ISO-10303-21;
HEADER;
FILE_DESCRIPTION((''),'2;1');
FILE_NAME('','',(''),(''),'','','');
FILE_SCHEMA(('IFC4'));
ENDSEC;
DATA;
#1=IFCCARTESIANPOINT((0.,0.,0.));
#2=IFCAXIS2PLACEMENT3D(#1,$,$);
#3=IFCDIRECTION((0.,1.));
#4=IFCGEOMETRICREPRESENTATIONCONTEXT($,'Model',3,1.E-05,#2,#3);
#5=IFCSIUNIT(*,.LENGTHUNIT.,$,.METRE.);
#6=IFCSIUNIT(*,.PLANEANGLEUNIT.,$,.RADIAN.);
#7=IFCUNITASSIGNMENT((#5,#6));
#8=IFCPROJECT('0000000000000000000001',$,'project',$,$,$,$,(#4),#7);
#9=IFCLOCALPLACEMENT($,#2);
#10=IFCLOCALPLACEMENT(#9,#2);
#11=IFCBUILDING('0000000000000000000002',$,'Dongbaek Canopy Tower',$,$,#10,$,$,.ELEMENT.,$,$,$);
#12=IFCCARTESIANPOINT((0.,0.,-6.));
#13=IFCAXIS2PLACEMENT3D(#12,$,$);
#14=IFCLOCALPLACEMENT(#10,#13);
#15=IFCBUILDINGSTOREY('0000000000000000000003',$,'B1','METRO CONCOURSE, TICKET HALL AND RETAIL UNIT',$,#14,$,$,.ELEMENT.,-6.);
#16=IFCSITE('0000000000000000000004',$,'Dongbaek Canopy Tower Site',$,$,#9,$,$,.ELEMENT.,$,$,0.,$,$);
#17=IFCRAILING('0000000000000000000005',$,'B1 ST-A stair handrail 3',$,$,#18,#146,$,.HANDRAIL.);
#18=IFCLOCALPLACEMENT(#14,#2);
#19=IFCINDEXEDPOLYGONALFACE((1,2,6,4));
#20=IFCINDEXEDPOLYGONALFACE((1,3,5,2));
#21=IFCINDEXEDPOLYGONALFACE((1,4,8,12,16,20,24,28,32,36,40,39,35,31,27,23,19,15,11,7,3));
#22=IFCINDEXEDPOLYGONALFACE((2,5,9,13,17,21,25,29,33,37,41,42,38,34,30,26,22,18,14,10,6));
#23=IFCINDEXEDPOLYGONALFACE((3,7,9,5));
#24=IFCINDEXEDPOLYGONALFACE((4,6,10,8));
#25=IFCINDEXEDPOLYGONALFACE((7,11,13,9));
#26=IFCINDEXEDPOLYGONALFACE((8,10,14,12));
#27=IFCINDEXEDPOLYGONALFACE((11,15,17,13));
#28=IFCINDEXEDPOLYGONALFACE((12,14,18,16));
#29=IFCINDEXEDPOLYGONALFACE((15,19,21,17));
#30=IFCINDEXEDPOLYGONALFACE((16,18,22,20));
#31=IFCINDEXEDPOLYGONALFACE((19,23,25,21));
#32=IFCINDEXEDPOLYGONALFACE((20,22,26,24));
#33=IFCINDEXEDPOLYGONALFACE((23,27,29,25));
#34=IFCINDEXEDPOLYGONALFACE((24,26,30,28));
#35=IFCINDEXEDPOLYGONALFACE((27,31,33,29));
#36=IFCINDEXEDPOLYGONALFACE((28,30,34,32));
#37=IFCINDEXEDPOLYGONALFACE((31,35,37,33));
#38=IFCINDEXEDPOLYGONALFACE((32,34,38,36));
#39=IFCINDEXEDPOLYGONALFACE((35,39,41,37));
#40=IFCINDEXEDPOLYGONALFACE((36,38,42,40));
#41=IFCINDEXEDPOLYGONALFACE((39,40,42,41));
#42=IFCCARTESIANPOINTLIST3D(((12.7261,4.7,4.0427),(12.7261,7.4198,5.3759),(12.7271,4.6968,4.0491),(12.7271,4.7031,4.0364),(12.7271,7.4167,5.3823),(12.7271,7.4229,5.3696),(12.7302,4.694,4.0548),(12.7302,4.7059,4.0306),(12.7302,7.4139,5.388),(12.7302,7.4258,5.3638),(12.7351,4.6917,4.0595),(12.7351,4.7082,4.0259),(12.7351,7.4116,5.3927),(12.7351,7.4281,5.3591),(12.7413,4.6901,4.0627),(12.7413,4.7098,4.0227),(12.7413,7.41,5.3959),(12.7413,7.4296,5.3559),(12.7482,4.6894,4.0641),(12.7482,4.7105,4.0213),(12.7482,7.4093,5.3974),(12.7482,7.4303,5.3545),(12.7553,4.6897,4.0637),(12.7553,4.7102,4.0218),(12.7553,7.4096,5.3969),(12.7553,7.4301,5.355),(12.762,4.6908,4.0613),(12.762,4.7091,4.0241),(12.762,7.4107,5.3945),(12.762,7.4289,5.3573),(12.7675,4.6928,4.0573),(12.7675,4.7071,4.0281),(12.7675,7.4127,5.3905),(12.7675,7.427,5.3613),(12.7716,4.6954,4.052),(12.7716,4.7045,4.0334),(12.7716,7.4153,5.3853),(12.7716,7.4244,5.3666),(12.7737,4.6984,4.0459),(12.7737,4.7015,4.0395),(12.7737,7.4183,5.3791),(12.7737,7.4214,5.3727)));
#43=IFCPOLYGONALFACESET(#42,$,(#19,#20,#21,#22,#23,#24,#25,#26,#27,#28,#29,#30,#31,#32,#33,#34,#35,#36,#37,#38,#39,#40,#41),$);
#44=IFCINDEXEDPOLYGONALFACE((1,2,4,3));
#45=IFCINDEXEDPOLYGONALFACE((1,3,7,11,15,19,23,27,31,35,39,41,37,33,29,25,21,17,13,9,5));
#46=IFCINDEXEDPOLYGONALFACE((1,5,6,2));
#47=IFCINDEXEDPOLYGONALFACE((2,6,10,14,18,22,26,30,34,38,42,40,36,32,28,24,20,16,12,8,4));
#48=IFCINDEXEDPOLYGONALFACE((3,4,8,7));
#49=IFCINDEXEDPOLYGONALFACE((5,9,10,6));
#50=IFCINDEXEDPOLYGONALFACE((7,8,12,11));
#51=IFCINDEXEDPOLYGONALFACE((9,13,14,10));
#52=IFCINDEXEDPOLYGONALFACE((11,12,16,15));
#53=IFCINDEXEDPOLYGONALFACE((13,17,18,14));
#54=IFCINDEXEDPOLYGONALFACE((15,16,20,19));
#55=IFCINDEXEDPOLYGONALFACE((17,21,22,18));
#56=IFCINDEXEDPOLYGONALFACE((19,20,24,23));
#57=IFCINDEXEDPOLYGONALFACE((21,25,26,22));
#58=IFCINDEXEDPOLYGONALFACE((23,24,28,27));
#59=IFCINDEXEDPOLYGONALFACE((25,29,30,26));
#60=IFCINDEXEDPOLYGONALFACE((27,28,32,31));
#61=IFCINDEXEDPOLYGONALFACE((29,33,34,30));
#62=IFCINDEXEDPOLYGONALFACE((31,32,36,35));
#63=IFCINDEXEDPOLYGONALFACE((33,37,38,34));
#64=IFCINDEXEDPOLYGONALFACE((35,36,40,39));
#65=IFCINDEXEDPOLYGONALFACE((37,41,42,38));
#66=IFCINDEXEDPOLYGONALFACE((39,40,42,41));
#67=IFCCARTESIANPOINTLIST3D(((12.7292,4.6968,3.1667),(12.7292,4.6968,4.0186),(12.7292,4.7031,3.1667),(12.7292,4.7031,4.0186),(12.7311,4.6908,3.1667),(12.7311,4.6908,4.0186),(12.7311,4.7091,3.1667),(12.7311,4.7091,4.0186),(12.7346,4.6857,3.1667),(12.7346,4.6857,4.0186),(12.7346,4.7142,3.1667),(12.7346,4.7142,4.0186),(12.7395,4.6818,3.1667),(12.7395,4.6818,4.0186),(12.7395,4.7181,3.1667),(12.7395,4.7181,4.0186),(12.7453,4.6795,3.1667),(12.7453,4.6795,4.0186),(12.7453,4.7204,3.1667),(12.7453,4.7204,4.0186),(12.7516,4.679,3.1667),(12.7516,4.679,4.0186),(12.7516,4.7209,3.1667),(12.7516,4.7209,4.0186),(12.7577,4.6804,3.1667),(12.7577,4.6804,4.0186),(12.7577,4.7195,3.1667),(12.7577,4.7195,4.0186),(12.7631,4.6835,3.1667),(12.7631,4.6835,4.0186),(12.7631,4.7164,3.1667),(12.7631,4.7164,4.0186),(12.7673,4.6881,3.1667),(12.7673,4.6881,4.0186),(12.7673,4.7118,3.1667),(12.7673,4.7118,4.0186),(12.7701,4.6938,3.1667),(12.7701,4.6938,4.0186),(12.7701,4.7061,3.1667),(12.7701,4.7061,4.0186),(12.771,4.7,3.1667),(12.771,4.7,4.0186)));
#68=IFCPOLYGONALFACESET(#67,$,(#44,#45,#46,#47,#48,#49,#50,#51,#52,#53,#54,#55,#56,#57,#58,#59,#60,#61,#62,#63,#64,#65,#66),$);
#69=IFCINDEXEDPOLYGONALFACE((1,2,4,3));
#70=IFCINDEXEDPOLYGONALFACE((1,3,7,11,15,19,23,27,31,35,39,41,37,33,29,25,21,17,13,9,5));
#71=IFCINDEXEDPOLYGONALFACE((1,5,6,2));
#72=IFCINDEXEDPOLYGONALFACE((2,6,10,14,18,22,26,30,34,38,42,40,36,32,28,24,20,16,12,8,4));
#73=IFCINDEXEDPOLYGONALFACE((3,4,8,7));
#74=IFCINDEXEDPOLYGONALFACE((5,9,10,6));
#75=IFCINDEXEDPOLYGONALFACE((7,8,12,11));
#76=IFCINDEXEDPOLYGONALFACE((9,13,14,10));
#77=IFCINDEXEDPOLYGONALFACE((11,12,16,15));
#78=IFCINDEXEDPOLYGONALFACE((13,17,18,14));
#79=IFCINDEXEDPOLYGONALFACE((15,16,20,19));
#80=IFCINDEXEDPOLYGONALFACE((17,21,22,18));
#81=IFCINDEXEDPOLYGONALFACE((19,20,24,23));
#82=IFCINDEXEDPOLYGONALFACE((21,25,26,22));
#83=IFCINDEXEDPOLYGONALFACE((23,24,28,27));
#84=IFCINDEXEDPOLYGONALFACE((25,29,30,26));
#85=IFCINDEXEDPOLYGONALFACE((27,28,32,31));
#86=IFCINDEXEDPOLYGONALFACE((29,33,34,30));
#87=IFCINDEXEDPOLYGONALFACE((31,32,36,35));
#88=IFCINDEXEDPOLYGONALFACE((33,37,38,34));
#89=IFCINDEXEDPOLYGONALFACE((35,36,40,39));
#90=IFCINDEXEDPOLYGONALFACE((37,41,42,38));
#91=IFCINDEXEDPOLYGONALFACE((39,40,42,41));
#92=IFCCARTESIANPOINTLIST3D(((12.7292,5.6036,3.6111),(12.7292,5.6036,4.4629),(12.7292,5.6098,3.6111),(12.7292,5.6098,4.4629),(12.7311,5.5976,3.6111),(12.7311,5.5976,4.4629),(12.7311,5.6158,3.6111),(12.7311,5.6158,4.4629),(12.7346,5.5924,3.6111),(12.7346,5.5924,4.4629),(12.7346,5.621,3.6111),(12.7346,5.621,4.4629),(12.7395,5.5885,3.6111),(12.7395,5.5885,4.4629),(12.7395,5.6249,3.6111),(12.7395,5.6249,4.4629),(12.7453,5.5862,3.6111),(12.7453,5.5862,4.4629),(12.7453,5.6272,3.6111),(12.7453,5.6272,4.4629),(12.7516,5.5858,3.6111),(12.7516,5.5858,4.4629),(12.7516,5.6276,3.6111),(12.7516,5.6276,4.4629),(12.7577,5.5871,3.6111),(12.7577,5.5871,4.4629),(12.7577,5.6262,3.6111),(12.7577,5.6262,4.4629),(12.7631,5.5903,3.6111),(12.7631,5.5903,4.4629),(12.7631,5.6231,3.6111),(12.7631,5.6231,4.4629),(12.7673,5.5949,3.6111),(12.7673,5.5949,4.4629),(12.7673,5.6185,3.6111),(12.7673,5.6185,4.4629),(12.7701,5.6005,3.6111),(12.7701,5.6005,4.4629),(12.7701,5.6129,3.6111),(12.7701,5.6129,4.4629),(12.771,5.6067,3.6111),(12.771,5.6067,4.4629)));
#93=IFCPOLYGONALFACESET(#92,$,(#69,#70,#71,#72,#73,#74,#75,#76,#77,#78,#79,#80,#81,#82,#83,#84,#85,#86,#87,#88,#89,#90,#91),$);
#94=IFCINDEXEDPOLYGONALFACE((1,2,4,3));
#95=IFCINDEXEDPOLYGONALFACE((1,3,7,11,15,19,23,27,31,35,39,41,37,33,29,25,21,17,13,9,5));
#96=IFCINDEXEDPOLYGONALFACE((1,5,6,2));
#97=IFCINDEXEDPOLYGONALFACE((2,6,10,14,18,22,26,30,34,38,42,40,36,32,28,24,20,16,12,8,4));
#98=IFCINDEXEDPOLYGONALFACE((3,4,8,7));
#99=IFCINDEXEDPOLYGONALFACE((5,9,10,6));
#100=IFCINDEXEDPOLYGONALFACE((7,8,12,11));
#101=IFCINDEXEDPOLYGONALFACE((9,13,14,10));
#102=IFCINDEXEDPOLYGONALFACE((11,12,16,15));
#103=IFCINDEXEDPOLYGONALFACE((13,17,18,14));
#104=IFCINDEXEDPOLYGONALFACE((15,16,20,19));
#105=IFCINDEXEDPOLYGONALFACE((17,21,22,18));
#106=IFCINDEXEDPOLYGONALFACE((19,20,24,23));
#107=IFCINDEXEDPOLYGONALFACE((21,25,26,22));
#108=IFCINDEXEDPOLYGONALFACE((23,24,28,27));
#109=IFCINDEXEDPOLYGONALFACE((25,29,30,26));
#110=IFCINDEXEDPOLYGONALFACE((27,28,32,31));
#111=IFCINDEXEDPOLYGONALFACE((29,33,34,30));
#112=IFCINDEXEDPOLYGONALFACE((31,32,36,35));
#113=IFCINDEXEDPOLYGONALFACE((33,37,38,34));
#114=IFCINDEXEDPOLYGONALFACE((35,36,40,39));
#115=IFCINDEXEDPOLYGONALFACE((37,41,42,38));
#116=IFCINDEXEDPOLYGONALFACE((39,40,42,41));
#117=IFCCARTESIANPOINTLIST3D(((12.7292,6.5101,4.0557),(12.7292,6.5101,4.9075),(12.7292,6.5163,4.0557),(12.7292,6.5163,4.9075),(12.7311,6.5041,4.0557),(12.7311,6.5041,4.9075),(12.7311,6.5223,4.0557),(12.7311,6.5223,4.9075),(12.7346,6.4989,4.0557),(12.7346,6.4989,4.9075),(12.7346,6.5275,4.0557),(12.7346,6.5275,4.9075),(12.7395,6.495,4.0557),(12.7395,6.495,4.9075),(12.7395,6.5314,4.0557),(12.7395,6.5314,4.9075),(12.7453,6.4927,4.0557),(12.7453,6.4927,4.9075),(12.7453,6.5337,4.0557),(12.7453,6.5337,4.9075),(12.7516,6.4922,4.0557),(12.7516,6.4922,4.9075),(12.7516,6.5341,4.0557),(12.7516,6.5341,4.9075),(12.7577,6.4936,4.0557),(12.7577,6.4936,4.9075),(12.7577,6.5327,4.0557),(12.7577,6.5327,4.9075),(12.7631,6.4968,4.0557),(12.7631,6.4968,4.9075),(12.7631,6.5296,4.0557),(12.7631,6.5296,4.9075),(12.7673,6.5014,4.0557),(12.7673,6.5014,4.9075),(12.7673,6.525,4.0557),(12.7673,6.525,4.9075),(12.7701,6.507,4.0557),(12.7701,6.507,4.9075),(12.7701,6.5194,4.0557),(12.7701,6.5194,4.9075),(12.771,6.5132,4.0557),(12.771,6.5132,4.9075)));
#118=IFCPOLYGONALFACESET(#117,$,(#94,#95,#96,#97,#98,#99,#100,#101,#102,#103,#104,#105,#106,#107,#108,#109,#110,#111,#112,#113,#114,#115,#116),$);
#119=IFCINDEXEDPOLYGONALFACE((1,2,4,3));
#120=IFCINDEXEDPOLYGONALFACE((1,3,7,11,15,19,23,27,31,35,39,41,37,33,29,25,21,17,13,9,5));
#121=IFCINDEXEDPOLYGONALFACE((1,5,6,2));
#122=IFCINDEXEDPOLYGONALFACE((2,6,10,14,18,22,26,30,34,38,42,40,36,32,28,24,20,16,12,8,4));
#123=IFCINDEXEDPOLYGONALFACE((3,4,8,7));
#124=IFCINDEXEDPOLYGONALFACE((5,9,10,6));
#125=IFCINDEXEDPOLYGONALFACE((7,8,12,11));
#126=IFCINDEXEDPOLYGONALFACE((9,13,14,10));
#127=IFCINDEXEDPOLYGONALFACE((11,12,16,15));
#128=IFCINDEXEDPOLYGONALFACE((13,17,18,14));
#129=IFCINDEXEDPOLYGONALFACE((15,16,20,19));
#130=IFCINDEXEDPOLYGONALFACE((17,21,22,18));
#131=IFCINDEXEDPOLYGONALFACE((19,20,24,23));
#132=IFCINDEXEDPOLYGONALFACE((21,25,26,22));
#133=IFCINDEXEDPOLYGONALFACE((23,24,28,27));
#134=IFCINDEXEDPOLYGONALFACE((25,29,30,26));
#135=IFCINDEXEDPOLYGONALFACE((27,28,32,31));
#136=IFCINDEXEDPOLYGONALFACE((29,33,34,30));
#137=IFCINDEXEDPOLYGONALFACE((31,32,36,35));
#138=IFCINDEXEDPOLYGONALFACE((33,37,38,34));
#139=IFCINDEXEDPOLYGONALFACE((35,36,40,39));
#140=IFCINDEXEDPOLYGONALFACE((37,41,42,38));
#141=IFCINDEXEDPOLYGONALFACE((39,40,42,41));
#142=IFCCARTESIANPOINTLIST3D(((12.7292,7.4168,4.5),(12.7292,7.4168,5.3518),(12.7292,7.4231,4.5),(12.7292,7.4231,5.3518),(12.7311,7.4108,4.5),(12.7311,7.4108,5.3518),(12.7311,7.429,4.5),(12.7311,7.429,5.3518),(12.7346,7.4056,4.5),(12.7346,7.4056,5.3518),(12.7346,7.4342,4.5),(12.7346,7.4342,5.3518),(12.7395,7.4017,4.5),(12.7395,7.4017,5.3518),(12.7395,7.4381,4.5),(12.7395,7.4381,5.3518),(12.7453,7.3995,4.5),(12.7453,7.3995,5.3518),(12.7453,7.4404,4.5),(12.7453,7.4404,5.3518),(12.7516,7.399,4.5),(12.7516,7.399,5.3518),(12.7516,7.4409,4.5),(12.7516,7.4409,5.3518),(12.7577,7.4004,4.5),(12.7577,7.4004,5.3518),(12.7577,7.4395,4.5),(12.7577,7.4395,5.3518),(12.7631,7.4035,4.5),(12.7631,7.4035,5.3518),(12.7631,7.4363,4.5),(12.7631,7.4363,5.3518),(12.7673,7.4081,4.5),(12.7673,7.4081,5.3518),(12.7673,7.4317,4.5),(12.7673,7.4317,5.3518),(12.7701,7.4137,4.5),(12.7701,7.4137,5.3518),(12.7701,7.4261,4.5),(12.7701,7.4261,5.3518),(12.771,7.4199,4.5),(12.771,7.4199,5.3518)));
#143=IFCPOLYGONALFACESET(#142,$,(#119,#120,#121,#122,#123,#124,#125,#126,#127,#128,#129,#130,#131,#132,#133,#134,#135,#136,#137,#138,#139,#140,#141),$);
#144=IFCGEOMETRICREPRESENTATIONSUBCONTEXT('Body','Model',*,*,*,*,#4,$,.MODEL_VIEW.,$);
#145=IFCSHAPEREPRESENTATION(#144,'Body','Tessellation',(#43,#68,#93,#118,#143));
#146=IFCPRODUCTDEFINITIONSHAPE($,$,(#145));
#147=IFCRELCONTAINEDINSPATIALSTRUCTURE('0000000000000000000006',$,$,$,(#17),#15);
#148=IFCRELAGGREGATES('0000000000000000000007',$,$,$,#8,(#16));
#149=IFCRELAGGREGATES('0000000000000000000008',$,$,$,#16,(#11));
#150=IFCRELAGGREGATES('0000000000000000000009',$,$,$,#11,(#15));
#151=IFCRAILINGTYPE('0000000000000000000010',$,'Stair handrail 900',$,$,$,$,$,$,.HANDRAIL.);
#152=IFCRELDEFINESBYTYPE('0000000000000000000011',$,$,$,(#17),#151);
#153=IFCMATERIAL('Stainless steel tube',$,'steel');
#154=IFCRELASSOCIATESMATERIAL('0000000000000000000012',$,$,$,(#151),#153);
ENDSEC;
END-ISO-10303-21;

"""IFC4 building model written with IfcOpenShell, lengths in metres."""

from ifc_helpers import new_model, si_unit, direction, frame, origin, origin_2d, place, context, subcontext, project, spatial, circle, extrude, material, type_object, element, save


model = new_model("IFC4")

# Units and contexts
model_context = context("Model", 3, precision=1e-05, world=origin(), true_north=direction((0.0, 1.0)))
body_context = subcontext(model_context, "Body", "Model", "MODEL_VIEW")
ifc_project = project(units=[si_unit("LENGTHUNIT", "METRE"), si_unit("PLANEANGLEUNIT", "RADIAN")], contexts=[model_context])

# Site, building, storey
site_placement = place(None, origin())
site = spatial("IfcSite", under=ifc_project, at=site_placement, Name="Dongbaek Canopy Tower Site", CompositionType="ELEMENT", RefElevation=0.0)
building_placement = place(site_placement, origin())
building = spatial("IfcBuilding", under=site, at=building_placement, Name="Dongbaek Canopy Tower", CompositionType="ELEMENT")
storey_placement = place(building_placement, frame((0.0, 0.0, -6.0)))
storey = spatial("IfcBuildingStorey", under=building, at=storey_placement, Name="B1", Description="METRO CONCOURSE, TICKET HALL AND RETAIL UNIT", CompositionType="ELEMENT", Elevation=-6.0)

# Railing
ifc_material_1 = material(Name="Stainless steel tube", Category="steel")
railing_type_1 = type_object("IfcRailingType", Name="Stair handrail 900", PredefinedType="HANDRAIL", material=ifc_material_1)
for number, where, name in (
    (1, (12.75, 4.7, 3.1667), "B1 ST-A stair handrail 3"),
):
    element("IfcRailing", number, at=place(storey_placement, frame(where)), inside=storey, type_object=railing_type_1, Name=name, PredefinedType="HANDRAIL", context=body_context, shape_type="SweptSolid", body=[
        extrude(circle(Radius=0.0239, at=origin_2d()), frame((0.0, 0.0, 0.876), z_axis=(0.0, 0.897929, 0.440139), x_axis=(-1.0, 0.0, 0.0)), (0.0, 0.0, 1.0), 3.0291),
        extrude(circle(Radius=0.021, at=origin_2d()), origin(), (0.0, 0.0, 1.0), 0.8518),
        extrude(circle(Radius=0.021, at=origin_2d()), frame((0.0, 0.9067, 0.4443)), (0.0, 0.0, 1.0), 0.8518),
        extrude(circle(Radius=0.021, at=origin_2d()), frame((0.0, 1.8132, 0.8889)), (0.0, 0.0, 1.0), 0.8518),
        extrude(circle(Radius=0.021, at=origin_2d()), frame((0.0, 2.72, 1.3333)), (0.0, 0.0, 1.0), 0.8518),
    ])

save(model, "model.ifc")
